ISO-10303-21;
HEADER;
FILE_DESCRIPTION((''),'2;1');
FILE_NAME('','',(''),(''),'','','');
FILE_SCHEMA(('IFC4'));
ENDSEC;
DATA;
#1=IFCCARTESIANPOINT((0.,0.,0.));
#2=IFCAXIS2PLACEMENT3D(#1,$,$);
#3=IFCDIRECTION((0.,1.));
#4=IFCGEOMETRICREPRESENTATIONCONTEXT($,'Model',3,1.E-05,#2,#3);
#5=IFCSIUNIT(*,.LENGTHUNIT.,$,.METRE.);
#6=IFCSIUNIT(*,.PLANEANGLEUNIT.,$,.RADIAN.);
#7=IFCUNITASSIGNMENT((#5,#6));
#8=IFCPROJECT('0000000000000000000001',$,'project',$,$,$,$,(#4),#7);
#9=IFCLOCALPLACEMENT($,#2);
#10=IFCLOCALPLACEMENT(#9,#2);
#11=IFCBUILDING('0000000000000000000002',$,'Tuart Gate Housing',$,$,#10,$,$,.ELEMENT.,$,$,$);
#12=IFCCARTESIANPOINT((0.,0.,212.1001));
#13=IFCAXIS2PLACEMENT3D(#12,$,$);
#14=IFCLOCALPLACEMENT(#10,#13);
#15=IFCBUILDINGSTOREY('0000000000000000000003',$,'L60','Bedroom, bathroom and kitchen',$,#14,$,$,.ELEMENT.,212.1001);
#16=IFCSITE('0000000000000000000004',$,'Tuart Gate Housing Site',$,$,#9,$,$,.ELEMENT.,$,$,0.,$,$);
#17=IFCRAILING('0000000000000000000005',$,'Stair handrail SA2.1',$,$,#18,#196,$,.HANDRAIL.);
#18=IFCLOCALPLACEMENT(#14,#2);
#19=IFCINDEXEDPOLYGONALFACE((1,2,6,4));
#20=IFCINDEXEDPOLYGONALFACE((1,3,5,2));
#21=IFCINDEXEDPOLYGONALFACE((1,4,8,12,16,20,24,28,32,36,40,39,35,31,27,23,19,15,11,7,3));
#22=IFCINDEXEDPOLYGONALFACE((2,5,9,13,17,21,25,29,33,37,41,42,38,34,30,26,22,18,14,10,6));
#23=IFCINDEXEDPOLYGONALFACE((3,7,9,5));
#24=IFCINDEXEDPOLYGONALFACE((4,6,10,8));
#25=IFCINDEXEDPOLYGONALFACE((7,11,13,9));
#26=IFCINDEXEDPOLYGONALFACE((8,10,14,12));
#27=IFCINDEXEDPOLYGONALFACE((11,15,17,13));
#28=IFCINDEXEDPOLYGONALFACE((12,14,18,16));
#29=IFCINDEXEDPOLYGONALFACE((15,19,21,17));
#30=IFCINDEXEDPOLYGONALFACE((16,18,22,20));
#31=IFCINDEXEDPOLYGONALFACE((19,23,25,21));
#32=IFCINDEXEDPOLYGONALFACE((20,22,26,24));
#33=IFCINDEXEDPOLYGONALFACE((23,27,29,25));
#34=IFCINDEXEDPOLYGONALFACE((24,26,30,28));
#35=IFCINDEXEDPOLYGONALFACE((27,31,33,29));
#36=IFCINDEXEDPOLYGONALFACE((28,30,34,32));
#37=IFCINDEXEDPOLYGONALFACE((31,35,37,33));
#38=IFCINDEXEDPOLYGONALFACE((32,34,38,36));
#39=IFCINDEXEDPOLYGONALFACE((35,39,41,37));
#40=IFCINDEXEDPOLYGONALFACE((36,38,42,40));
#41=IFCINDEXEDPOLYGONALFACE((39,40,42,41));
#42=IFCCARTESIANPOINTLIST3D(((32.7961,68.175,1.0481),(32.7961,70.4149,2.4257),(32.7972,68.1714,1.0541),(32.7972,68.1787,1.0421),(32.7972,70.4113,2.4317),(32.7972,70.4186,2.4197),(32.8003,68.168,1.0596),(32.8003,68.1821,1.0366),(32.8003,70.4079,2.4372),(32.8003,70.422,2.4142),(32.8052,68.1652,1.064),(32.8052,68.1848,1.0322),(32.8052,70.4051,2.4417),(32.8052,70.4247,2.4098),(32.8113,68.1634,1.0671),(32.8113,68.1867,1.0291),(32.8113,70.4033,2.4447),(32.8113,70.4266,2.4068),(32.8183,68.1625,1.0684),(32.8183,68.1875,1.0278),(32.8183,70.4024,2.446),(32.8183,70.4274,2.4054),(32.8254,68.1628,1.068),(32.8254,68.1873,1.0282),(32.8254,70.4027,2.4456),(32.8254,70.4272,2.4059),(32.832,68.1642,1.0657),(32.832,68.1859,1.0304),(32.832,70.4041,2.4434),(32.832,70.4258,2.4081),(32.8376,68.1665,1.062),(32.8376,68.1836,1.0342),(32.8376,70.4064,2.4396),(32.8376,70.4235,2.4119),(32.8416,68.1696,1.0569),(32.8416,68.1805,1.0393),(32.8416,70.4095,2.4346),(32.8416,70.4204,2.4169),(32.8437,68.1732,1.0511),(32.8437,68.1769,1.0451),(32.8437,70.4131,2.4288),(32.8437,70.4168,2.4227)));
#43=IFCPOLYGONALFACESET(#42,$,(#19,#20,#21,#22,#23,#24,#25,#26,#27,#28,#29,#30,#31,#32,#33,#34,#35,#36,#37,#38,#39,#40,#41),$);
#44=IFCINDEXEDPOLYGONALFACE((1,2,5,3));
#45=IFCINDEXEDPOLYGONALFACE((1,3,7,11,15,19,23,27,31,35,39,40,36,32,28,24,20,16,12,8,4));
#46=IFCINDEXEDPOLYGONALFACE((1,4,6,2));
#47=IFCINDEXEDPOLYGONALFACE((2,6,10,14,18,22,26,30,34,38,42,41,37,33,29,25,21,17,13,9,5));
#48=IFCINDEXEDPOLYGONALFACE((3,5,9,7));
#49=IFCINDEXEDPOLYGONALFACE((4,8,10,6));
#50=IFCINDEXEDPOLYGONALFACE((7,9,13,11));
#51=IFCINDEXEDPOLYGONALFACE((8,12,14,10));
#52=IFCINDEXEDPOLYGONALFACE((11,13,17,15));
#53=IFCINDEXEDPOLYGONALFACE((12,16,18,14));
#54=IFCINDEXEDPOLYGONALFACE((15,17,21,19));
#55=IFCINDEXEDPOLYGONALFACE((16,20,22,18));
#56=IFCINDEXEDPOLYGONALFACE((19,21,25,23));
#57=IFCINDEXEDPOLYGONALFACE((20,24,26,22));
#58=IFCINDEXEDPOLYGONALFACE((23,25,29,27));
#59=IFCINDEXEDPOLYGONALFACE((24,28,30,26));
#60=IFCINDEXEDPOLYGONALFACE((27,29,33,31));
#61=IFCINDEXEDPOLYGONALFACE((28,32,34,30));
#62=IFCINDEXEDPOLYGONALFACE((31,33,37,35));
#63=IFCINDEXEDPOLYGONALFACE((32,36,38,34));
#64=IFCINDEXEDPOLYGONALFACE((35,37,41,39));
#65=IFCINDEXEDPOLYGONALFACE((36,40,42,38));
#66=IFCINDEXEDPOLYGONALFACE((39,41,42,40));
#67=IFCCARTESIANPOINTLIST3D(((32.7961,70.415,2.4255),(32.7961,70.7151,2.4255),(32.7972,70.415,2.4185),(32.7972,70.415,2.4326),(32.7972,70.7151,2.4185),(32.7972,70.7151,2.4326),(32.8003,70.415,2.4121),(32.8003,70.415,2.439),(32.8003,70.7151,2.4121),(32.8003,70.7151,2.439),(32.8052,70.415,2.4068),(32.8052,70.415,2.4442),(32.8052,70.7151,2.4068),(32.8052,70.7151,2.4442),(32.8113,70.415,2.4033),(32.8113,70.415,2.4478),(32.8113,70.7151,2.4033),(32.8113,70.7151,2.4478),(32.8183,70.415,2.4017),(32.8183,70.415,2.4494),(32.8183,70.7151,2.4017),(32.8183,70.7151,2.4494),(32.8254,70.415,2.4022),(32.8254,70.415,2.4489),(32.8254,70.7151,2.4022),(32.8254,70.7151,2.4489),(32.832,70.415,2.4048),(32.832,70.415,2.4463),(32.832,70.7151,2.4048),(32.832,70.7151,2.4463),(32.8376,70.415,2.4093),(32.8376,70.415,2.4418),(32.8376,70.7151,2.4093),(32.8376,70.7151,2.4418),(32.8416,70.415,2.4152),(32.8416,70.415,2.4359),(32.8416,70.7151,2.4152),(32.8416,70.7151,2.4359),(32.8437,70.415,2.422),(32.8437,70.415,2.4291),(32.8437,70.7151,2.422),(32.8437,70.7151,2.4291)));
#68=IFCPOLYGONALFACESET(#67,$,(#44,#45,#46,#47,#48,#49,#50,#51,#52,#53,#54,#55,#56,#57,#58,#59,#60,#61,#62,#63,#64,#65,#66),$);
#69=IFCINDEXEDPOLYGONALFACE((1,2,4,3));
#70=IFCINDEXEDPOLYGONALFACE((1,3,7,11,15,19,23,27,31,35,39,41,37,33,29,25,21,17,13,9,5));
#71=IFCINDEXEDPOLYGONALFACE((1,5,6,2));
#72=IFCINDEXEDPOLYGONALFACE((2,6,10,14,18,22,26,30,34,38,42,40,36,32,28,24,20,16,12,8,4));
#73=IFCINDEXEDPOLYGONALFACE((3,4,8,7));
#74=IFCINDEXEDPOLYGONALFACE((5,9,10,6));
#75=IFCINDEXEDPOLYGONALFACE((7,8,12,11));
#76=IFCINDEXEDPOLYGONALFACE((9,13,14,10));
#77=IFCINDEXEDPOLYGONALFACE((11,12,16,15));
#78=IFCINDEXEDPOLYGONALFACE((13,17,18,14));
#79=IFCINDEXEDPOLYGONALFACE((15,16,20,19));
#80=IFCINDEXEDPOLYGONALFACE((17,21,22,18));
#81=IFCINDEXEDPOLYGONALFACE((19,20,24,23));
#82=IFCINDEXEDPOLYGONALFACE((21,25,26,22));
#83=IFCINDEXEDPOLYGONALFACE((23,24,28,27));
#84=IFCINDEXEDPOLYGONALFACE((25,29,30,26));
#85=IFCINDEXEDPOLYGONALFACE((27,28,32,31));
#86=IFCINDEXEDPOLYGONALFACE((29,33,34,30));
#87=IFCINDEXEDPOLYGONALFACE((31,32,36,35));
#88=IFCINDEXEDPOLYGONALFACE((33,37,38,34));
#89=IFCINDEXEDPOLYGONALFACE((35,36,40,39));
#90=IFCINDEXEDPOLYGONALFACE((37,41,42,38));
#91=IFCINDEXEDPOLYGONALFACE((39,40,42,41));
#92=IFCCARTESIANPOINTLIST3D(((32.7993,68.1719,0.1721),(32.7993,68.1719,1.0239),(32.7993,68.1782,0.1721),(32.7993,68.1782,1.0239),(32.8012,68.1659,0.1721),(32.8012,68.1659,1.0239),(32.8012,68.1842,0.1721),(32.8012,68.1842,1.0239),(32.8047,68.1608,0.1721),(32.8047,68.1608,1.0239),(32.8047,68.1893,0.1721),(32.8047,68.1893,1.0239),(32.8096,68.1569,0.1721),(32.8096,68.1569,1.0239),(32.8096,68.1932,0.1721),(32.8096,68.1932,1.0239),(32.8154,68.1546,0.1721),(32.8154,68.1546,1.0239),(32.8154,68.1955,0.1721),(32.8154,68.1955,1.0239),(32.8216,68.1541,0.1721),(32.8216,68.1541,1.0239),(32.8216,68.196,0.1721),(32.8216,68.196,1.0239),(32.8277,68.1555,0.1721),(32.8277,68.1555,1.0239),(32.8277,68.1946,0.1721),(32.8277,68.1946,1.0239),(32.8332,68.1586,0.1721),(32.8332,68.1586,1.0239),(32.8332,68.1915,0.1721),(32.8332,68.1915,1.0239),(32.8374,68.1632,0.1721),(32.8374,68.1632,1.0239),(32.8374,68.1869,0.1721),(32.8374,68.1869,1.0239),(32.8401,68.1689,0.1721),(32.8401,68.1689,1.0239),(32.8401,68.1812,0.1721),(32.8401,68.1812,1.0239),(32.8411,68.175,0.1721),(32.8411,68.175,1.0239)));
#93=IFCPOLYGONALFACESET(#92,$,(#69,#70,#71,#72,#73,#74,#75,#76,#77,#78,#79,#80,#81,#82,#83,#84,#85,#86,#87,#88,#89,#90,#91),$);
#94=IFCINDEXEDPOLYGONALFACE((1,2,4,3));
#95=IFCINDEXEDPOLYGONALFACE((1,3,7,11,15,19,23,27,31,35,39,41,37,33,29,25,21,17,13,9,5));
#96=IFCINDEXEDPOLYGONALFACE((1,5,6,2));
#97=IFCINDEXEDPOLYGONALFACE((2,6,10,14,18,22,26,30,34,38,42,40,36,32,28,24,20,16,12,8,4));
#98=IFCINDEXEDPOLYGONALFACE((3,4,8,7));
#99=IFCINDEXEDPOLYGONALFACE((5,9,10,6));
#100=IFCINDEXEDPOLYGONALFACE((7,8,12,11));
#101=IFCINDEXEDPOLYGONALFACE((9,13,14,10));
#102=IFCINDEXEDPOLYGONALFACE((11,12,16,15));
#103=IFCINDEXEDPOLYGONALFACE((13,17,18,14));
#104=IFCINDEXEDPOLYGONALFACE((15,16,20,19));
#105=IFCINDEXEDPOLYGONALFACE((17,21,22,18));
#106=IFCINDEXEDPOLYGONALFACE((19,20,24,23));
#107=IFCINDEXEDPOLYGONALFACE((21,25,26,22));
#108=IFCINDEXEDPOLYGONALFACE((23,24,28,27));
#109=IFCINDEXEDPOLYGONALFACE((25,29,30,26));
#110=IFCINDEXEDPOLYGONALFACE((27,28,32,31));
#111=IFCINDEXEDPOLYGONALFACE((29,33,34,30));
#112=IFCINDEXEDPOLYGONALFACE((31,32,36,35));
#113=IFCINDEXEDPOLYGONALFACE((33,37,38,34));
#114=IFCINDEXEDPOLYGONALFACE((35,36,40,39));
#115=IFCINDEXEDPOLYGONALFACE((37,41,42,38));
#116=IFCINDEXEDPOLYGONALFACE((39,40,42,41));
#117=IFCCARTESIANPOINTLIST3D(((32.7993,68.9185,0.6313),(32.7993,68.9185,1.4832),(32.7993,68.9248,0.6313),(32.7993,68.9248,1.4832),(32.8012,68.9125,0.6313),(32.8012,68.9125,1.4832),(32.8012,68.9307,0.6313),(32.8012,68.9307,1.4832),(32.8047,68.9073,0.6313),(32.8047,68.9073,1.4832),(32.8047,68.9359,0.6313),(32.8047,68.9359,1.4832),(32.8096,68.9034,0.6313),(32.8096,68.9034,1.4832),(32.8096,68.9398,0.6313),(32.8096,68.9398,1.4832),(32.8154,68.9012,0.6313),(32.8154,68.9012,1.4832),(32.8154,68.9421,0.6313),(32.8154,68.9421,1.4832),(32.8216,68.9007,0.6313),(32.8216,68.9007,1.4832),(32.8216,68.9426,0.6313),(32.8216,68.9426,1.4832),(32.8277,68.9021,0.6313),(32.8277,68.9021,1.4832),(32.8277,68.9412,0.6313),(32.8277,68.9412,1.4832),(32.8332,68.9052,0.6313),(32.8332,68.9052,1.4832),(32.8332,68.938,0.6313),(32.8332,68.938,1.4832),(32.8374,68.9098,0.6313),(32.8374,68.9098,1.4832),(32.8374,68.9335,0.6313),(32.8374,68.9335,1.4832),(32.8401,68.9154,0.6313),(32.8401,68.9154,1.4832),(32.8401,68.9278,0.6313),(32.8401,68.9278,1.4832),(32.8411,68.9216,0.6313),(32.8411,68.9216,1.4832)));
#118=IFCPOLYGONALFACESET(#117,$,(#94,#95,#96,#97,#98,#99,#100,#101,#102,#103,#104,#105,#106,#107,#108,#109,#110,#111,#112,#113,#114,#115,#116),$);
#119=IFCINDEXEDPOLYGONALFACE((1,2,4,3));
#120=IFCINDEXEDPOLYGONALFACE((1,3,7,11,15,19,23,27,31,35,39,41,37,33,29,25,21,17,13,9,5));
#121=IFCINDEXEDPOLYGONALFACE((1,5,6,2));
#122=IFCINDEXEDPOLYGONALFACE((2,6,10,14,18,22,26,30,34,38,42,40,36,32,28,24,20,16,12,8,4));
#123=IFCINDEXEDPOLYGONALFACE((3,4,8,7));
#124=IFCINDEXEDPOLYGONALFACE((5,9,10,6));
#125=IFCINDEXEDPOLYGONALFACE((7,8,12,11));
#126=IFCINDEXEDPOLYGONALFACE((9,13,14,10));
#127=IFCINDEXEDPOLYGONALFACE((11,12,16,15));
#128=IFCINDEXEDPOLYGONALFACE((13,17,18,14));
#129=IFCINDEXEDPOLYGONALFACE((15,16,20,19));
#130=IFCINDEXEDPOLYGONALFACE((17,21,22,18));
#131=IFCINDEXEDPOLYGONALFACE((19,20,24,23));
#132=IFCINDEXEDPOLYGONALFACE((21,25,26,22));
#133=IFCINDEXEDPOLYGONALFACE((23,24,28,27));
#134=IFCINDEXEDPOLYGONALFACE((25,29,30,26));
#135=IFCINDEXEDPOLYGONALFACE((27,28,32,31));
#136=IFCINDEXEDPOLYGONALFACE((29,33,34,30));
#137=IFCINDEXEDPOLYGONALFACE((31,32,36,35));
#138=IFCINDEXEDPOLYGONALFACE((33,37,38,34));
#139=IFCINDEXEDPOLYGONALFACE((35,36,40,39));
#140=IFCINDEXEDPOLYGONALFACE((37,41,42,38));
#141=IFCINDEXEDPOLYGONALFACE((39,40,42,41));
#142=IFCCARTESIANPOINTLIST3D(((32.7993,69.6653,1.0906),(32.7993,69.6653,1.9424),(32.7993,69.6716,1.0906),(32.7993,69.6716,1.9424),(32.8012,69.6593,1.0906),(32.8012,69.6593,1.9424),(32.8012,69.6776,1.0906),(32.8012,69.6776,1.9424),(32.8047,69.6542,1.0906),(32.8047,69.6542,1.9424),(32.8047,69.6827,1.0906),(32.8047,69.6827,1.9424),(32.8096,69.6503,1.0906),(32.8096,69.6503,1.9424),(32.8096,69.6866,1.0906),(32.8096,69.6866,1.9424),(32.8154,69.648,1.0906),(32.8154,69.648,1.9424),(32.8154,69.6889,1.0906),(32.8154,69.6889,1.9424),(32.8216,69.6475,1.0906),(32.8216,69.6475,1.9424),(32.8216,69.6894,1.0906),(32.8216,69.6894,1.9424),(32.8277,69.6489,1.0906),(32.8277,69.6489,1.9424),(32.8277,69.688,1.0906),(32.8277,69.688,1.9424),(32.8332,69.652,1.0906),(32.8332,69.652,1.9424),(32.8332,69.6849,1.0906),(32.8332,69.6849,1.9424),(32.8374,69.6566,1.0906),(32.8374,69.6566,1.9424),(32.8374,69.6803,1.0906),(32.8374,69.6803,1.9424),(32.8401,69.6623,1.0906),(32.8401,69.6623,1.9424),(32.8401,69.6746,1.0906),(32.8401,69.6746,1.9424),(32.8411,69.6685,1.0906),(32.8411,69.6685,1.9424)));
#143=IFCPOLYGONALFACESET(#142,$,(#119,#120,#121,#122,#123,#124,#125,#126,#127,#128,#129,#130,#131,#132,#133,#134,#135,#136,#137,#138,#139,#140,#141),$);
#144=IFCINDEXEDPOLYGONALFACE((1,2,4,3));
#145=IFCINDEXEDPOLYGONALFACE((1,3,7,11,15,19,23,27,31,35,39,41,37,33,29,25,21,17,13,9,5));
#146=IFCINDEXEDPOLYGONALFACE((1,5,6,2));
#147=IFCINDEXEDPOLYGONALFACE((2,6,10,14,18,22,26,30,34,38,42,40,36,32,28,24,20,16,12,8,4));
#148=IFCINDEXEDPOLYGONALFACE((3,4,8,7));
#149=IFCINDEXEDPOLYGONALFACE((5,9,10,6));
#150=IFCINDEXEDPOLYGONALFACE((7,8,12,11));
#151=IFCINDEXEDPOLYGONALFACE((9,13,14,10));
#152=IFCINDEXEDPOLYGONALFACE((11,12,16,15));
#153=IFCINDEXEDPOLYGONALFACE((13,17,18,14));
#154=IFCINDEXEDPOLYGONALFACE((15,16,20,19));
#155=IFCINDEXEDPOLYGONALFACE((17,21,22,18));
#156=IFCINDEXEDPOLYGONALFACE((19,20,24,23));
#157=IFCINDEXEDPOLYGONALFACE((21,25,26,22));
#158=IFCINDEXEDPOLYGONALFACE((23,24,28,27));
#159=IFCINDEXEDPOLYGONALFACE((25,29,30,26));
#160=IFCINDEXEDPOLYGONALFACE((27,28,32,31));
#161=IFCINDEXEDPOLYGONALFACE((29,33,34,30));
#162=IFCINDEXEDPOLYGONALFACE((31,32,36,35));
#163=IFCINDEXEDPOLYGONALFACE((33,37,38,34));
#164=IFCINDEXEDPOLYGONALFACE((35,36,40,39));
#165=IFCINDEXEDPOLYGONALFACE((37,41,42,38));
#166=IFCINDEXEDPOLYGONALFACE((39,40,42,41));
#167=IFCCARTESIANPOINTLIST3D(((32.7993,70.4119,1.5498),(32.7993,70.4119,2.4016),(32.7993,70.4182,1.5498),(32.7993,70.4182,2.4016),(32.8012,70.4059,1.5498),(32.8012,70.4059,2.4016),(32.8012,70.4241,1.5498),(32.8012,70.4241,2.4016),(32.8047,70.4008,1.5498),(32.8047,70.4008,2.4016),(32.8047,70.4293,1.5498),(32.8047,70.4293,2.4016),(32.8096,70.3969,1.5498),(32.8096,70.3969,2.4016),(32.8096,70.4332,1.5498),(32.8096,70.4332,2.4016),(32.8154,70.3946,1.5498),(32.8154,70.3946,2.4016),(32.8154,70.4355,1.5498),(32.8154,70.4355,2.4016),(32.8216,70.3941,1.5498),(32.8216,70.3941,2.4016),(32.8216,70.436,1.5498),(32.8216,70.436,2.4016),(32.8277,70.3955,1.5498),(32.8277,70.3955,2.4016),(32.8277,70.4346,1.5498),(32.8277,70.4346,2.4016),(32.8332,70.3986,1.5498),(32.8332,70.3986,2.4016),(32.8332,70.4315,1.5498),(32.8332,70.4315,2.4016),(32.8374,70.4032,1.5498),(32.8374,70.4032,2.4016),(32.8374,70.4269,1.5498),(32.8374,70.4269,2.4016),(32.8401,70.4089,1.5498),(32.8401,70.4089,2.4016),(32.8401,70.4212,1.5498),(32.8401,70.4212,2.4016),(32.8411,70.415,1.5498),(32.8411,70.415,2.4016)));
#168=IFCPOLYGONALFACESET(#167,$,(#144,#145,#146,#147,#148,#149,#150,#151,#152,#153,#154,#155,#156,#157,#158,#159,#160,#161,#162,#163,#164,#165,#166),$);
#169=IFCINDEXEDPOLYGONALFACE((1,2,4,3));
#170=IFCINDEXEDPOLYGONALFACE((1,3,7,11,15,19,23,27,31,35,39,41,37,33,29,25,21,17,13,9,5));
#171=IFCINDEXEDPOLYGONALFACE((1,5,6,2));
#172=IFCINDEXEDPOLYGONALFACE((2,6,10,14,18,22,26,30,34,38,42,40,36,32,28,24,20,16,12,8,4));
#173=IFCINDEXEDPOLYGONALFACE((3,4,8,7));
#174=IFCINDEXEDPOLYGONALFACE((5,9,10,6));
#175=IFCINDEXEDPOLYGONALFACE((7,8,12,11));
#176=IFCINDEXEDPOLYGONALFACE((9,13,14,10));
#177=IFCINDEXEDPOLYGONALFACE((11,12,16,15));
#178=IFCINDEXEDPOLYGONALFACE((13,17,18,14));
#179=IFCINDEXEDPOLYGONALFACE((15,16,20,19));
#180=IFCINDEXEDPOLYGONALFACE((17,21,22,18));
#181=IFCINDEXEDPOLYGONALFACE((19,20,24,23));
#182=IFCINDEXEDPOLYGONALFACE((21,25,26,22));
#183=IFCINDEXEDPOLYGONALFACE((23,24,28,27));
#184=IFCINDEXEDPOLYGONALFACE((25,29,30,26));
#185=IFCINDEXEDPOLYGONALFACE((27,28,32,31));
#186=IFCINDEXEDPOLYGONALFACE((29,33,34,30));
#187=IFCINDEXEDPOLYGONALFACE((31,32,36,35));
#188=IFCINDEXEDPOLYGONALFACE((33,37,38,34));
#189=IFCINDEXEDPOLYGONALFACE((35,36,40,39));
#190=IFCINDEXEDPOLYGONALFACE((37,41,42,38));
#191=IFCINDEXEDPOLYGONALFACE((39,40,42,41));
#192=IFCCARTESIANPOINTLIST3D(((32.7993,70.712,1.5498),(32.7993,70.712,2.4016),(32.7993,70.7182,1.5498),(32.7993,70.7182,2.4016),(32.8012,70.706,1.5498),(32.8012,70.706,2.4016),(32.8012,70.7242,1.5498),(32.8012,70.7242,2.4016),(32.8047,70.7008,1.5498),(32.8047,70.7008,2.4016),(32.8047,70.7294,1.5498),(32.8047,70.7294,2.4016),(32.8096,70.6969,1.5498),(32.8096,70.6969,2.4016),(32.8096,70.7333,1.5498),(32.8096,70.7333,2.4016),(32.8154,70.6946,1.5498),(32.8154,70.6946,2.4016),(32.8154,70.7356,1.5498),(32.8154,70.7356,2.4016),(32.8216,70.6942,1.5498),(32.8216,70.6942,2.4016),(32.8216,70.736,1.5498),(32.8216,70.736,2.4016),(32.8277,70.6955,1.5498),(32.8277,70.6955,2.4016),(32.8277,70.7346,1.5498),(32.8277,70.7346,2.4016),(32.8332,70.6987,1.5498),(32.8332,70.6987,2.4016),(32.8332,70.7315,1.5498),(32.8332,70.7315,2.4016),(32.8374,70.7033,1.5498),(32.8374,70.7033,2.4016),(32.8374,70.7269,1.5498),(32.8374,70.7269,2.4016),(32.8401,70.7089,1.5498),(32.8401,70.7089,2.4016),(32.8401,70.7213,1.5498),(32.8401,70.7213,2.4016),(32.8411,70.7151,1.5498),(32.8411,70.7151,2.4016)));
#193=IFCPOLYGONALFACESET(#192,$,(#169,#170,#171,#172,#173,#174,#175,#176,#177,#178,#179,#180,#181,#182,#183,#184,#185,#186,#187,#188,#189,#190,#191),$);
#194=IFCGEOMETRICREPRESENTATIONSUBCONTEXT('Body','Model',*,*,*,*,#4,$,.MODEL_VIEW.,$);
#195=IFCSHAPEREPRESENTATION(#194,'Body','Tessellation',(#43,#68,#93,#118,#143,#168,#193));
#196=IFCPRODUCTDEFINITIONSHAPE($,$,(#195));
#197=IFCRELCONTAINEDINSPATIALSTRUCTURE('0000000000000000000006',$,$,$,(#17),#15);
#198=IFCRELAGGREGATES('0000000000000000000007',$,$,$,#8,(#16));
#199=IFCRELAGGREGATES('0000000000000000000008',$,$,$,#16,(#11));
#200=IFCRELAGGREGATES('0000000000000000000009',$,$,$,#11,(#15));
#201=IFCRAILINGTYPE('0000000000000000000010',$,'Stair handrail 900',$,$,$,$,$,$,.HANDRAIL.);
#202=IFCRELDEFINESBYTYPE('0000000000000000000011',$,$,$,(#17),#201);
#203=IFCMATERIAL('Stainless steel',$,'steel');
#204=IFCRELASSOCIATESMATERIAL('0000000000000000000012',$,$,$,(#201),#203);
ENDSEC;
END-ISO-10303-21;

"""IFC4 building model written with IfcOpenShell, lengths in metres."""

from ifc_helpers import new_model, si_unit, direction, frame, origin, origin_2d, place, context, subcontext, project, spatial, circle, extrude, material, type_object, element, save


model = new_model("IFC4")

# Units and contexts
model_context = context("Model", 3, precision=1e-05, world=origin(), true_north=direction((0.0, 1.0)))
body_context = subcontext(model_context, "Body", "Model", "MODEL_VIEW")
ifc_project = project(units=[si_unit("LENGTHUNIT", "METRE"), si_unit("PLANEANGLEUNIT", "RADIAN")], contexts=[model_context])

# Site, building, storey
site_placement = place(None, origin())
site = spatial("IfcSite", under=ifc_project, at=site_placement, Name="Tuart Gate Housing Site", CompositionType="ELEMENT", RefElevation=0.0)
building_placement = place(site_placement, origin())
building = spatial("IfcBuilding", under=site, at=building_placement, Name="Tuart Gate Housing", CompositionType="ELEMENT")
storey_placement = place(building_placement, frame((0.0, 0.0, 212.1001)))
storey = spatial("IfcBuildingStorey", under=building, at=storey_placement, Name="L60", Description="Bedroom, bathroom and kitchen", CompositionType="ELEMENT", Elevation=212.1001)

# Railing
ifc_material_1 = material(Name="Stainless steel", Category="steel")
railing_type = type_object("IfcRailingType", Name="Stair handrail 900", PredefinedType="HANDRAIL", material=ifc_material_1)
railing_placement = place(storey_placement, frame((32.8201, 68.175, 0.1721)))
element("IfcRailing", 1, at=railing_placement, inside=storey, type_object=railing_type, Name="Stair handrail SA2.1", PredefinedType="HANDRAIL", context=body_context, shape_type="SweptSolid", body=[
    extrude(circle(Radius=0.0239, at=origin_2d()), frame((0.0, 0.0, 0.876), z_axis=(0.0, 0.851789, 0.523885), x_axis=(-1.0, 0.0, 0.0)), (0.0, 0.0, 1.0), 2.6296),
    extrude(circle(Radius=0.0239, at=origin_2d()), frame((0.0, 2.24, 2.2534), z_axis=(0.0, 1.0, 0.0), x_axis=(-1.0, 0.0, 0.0)), (0.0, 0.0, 1.0), 0.3),
    extrude(circle(Radius=0.021, at=origin_2d()), origin(), (0.0, 0.0, 1.0), 0.8518),
    extrude(circle(Radius=0.021, at=origin_2d()), frame((0.0, 0.7466, 0.4592)), (0.0, 0.0, 1.0), 0.8518),
    extrude(circle(Radius=0.021, at=origin_2d()), frame((0.0, 1.4934, 0.9185)), (0.0, 0.0, 1.0), 0.8518),
    extrude(circle(Radius=0.021, at=origin_2d()), frame((0.0, 2.24, 1.3777)), (0.0, 0.0, 1.0), 0.8518),
    extrude(circle(Radius=0.021, at=origin_2d()), frame((0.0, 2.54, 1.3777)), (0.0, 0.0, 1.0), 0.8518),
])

save(model, "model.ifc")
